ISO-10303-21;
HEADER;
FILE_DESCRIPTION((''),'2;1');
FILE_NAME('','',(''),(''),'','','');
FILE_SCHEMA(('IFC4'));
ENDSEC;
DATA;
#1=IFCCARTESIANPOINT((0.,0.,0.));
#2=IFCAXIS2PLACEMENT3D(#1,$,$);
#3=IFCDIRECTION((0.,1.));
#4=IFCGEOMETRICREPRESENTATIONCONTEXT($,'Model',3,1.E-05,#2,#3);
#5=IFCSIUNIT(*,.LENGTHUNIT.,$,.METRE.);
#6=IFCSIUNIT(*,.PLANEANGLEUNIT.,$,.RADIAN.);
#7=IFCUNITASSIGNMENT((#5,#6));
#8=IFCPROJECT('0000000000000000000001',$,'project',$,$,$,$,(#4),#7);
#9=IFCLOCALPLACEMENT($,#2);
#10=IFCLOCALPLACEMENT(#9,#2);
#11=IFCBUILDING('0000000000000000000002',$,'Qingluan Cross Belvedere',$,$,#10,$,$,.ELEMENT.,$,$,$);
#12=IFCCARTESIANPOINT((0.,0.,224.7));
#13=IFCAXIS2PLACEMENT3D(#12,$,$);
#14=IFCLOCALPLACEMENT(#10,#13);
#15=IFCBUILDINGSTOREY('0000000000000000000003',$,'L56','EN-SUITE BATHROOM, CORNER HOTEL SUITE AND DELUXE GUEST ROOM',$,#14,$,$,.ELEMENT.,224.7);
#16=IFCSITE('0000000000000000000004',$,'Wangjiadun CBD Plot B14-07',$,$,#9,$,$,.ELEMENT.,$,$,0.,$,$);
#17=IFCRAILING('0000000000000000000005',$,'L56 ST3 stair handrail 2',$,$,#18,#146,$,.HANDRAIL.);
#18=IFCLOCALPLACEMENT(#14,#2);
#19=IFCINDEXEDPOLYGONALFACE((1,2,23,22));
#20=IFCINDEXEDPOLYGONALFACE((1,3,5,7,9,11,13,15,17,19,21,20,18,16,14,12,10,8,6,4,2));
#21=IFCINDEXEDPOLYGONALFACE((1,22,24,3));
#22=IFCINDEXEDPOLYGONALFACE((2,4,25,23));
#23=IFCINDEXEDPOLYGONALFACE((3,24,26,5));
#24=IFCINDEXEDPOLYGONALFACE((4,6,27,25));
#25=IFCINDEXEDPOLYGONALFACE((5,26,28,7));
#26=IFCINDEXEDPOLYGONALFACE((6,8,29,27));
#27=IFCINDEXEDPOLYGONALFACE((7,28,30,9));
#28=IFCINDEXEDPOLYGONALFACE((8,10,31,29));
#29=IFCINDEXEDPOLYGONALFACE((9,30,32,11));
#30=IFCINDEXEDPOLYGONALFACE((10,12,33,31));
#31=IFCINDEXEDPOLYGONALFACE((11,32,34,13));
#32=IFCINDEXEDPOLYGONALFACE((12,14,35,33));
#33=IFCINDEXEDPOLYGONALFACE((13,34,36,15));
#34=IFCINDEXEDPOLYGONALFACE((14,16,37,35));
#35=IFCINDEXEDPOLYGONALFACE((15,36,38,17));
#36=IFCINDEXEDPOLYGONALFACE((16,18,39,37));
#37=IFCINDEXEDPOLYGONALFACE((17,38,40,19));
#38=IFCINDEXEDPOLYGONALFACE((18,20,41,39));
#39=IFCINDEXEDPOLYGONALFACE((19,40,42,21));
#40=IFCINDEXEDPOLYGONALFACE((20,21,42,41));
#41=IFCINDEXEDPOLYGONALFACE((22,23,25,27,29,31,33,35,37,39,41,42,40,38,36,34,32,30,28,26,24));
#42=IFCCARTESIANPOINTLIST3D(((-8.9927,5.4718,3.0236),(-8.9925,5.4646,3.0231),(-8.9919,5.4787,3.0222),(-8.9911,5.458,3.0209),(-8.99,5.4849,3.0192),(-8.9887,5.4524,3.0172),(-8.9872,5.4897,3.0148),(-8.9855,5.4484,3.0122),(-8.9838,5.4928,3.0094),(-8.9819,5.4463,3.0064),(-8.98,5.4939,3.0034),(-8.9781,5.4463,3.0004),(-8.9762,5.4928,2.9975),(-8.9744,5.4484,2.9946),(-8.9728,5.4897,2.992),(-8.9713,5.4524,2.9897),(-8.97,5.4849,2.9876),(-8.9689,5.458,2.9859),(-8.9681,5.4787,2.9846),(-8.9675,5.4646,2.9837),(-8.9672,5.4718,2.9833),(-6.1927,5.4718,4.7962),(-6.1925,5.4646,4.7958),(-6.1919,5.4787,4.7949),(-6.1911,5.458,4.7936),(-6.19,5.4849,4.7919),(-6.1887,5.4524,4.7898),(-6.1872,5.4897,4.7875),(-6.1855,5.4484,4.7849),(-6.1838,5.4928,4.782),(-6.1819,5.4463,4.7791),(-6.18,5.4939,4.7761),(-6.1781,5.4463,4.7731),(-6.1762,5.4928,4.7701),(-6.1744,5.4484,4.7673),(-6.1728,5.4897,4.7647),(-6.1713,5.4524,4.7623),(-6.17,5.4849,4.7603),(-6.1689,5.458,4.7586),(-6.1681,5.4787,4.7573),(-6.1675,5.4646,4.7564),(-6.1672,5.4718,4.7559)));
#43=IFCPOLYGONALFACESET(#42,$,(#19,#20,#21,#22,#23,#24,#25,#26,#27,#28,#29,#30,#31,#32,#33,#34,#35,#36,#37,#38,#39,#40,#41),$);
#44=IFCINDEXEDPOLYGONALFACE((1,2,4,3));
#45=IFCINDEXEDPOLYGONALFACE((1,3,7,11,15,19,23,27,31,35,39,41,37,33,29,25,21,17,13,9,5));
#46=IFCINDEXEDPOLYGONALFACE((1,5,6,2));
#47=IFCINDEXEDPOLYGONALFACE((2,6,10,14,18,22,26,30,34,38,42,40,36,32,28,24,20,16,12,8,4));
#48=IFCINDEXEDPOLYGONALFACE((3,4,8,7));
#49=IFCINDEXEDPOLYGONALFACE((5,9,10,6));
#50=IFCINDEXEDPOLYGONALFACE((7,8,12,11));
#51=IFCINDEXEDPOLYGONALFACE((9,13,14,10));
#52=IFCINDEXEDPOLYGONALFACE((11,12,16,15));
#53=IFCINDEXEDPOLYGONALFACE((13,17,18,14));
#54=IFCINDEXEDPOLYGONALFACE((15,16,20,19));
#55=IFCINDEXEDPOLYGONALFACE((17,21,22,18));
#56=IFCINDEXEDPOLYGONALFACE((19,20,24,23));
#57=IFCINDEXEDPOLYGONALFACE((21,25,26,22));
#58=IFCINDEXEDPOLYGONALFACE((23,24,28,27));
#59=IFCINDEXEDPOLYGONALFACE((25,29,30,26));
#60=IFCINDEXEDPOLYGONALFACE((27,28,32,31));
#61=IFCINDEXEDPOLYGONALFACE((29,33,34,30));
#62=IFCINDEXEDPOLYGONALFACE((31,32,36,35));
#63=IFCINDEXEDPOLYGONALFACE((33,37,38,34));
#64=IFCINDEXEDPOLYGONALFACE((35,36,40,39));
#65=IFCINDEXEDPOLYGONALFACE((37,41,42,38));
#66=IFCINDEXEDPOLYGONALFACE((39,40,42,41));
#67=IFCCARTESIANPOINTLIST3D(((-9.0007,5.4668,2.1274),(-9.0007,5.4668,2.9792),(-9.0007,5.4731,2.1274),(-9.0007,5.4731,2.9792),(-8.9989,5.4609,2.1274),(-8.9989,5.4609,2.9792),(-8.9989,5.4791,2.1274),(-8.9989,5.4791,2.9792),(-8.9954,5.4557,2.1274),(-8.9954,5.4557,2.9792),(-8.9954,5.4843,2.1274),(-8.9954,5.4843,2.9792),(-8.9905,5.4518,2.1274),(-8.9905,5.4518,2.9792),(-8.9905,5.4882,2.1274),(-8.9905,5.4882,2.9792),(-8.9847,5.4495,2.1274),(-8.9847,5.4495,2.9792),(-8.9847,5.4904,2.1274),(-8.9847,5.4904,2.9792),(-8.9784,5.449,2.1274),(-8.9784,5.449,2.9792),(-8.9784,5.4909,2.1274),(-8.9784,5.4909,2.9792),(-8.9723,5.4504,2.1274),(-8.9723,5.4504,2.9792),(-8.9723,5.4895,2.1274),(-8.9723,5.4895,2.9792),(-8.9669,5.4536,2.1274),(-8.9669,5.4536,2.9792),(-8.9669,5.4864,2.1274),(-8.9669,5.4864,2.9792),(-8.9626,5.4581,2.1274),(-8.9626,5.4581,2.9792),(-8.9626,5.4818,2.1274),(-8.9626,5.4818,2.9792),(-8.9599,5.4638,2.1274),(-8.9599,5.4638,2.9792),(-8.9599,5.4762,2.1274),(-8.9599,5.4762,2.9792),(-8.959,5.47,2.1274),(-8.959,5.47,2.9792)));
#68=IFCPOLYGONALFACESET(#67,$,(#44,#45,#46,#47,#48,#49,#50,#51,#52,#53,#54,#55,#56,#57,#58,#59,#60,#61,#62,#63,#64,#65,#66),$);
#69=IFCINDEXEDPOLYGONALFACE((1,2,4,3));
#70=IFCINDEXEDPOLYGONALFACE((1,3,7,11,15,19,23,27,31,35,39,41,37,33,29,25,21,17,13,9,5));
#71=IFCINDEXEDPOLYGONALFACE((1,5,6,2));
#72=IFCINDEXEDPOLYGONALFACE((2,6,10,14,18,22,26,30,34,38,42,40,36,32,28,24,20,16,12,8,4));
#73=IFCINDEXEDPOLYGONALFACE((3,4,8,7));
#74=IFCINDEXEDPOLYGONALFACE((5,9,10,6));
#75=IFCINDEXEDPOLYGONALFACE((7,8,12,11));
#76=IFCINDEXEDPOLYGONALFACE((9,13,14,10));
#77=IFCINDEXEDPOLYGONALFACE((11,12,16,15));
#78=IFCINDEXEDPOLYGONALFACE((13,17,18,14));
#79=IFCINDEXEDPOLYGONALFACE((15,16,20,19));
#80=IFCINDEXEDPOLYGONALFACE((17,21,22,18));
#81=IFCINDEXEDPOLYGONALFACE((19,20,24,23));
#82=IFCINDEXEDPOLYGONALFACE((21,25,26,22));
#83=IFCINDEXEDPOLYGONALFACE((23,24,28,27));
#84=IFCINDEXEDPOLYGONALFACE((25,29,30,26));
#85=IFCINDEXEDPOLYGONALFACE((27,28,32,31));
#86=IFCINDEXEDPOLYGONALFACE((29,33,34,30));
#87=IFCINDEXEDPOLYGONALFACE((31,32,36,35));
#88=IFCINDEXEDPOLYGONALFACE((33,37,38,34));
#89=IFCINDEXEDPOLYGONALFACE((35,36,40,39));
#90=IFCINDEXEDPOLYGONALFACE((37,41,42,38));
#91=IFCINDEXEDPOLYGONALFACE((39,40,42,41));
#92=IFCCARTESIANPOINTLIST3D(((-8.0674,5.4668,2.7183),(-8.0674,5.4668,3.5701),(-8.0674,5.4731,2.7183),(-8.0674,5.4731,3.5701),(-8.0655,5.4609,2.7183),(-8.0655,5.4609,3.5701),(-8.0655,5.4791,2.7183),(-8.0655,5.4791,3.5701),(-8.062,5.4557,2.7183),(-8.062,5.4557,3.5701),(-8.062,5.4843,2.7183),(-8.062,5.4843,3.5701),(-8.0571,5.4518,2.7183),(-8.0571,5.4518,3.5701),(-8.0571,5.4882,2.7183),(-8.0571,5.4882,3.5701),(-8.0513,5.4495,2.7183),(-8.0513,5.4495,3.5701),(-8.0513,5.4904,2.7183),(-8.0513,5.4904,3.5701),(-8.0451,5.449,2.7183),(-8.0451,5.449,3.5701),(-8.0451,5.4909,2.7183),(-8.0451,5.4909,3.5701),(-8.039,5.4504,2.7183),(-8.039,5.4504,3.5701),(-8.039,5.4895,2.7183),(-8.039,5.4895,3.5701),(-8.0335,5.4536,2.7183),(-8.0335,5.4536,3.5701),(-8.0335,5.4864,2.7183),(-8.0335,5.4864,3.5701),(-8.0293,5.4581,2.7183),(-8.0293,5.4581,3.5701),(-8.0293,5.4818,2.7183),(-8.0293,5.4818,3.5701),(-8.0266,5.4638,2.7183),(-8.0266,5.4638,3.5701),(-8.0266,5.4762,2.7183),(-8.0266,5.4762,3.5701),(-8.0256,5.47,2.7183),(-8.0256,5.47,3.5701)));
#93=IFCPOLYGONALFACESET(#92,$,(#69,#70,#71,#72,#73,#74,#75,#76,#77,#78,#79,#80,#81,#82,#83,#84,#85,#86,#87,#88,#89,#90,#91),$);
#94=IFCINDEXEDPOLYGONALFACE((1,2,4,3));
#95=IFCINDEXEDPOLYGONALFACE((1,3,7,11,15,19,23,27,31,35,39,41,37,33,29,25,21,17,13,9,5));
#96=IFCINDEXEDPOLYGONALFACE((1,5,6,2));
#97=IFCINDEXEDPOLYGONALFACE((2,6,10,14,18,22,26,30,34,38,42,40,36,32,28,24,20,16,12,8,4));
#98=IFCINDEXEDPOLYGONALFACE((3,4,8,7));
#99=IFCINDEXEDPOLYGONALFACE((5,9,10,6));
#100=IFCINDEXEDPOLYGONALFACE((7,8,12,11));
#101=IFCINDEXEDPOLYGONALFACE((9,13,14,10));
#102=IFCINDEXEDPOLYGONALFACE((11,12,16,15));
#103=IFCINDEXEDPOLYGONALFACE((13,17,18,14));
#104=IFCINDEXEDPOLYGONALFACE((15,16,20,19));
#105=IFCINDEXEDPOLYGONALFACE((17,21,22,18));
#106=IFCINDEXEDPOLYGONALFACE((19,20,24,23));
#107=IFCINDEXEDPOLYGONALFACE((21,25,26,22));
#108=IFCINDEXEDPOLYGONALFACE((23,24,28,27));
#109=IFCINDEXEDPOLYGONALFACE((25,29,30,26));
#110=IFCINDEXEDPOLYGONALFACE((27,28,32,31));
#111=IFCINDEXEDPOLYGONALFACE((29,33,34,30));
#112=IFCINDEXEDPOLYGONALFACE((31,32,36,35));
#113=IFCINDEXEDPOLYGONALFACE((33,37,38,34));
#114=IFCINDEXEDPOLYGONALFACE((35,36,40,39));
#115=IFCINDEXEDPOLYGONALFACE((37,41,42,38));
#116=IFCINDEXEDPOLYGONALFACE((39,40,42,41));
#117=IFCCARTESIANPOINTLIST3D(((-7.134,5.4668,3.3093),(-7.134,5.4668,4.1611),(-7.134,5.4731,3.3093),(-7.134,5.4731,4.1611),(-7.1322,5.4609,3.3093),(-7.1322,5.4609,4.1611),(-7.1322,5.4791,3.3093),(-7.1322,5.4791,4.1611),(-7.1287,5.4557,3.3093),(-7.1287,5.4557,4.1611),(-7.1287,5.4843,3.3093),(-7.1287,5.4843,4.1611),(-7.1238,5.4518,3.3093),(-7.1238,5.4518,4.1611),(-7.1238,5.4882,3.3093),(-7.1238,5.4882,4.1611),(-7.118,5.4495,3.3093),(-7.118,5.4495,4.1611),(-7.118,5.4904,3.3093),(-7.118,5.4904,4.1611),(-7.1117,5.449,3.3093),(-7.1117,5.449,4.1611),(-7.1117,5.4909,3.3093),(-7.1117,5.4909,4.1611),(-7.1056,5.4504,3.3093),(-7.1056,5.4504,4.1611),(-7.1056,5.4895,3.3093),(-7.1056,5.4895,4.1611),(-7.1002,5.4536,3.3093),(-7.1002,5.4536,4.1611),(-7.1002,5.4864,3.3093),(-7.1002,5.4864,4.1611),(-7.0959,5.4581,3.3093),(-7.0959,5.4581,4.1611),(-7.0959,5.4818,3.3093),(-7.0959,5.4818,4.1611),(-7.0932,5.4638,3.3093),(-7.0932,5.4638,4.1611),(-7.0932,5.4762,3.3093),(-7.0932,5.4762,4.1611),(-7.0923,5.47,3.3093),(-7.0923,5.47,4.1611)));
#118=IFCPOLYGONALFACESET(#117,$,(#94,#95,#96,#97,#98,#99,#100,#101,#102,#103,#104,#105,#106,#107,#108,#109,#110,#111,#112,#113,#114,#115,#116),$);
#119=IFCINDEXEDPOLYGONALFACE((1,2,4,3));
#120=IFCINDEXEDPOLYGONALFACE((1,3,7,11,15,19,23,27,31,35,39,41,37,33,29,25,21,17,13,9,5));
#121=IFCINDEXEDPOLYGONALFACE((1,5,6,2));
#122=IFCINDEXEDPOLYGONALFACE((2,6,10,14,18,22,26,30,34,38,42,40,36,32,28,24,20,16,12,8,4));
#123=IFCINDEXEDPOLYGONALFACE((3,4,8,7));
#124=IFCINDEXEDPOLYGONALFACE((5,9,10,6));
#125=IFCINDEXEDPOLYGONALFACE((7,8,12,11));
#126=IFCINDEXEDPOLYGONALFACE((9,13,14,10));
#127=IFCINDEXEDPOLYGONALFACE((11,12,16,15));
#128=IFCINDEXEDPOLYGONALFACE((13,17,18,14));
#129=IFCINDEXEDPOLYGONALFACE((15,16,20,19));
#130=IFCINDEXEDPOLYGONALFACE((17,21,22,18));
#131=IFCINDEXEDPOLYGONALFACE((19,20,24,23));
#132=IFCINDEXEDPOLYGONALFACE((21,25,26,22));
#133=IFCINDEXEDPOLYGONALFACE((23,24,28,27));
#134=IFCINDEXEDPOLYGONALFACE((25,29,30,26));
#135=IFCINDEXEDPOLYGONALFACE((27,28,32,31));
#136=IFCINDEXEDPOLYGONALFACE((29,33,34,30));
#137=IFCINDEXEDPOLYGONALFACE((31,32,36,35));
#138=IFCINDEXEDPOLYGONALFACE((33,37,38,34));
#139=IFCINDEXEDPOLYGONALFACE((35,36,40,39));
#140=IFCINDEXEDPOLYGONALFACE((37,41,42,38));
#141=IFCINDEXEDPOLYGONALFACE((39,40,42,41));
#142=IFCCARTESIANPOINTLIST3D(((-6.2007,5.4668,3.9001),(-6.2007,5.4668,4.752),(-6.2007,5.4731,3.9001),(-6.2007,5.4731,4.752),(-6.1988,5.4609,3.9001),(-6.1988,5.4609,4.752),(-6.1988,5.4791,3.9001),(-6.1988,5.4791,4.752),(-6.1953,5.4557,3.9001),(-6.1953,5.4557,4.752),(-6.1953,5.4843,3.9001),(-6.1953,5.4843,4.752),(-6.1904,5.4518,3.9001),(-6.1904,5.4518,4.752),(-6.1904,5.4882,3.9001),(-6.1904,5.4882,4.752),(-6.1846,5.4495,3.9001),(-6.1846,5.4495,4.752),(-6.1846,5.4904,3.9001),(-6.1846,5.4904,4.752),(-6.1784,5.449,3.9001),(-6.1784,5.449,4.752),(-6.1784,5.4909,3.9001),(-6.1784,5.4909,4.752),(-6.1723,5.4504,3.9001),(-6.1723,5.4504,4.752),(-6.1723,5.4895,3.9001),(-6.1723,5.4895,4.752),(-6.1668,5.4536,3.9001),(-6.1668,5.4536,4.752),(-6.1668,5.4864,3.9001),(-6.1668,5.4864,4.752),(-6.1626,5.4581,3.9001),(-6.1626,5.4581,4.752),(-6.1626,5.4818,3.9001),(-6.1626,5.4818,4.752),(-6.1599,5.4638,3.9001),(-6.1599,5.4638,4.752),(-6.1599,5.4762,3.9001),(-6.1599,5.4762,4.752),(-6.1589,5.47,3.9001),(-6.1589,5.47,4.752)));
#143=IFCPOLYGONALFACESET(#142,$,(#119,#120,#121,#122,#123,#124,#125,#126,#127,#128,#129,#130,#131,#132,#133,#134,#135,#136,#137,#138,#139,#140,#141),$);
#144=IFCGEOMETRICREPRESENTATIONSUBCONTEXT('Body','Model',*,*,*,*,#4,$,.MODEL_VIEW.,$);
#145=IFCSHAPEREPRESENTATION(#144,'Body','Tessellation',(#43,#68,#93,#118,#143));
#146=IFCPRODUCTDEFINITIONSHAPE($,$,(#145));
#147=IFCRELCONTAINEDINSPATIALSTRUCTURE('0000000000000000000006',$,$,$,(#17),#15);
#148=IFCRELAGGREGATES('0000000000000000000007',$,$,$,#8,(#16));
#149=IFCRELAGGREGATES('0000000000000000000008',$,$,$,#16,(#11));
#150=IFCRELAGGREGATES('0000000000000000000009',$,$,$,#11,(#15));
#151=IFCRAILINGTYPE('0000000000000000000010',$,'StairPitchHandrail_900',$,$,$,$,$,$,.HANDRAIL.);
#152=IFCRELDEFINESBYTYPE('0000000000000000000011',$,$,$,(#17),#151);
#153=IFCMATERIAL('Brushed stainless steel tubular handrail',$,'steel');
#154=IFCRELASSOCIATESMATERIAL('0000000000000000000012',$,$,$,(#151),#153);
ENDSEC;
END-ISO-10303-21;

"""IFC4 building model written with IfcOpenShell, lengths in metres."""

from ifc_helpers import new_model, si_unit, direction, frame, origin, origin_2d, place, context, subcontext, project, spatial, circle, extrude, material, type_object, element, save


model = new_model("IFC4")

# Units and contexts
model_context = context("Model", 3, precision=1e-05, world=origin(), true_north=direction((0.0, 1.0)))
body_context = subcontext(model_context, "Body", "Model", "MODEL_VIEW")
ifc_project = project(units=[si_unit("LENGTHUNIT", "METRE"), si_unit("PLANEANGLEUNIT", "RADIAN")], contexts=[model_context])

# Site, building, storey
site_placement = place(None, origin())
site = spatial("IfcSite", under=ifc_project, at=site_placement, Name="Wangjiadun CBD Plot B14-07", CompositionType="ELEMENT", RefElevation=0.0)
building_placement = place(site_placement, origin())
building = spatial("IfcBuilding", under=site, at=building_placement, Name="Qingluan Cross Belvedere", CompositionType="ELEMENT")
storey_placement = place(building_placement, frame((0.0, 0.0, 224.7)))
storey = spatial("IfcBuildingStorey", under=building, at=storey_placement, Name="L56", Description="EN-SUITE BATHROOM, CORNER HOTEL SUITE AND DELUXE GUEST ROOM", CompositionType="ELEMENT", Elevation=224.7)

# Railing
ifc_material_1 = material(Name="Brushed stainless steel tubular handrail", Category="steel")
railing_type_1 = type_object("IfcRailingType", Name="StairPitchHandrail_900", PredefinedType="HANDRAIL", material=ifc_material_1)
railing_1_placement = place(storey_placement, frame((-8.98, 5.47, 2.1274)))
element("IfcRailing", 1, at=railing_1_placement, inside=storey, type_object=railing_type_1, Name="L56 ST3 stair handrail 2", PredefinedType="HANDRAIL", context=body_context, shape_type="SweptSolid", body=[
    extrude(circle(Radius=0.0239, at=origin_2d()), frame((0.0, 0.0, 0.876), z_axis=(0.844909, 0.0, 0.53491), x_axis=(0.0, 1.0, 0.0)), (0.0, 0.0, 1.0), 3.314),
    extrude(circle(Radius=0.021, at=origin_2d()), origin(), (0.0, 0.0, 1.0), 0.8518),
    extrude(circle(Radius=0.021, at=origin_2d()), frame((0.9333, 0.0, 0.5908)), (0.0, 0.0, 1.0), 0.8518),
    extrude(circle(Radius=0.021, at=origin_2d()), frame((1.8667, 0.0, 1.1819)), (0.0, 0.0, 1.0), 0.8518),
    extrude(circle(Radius=0.021, at=origin_2d()), frame((2.8, 0.0, 1.7727)), (0.0, 0.0, 1.0), 0.8518),
])

save(model, "model.ifc")
